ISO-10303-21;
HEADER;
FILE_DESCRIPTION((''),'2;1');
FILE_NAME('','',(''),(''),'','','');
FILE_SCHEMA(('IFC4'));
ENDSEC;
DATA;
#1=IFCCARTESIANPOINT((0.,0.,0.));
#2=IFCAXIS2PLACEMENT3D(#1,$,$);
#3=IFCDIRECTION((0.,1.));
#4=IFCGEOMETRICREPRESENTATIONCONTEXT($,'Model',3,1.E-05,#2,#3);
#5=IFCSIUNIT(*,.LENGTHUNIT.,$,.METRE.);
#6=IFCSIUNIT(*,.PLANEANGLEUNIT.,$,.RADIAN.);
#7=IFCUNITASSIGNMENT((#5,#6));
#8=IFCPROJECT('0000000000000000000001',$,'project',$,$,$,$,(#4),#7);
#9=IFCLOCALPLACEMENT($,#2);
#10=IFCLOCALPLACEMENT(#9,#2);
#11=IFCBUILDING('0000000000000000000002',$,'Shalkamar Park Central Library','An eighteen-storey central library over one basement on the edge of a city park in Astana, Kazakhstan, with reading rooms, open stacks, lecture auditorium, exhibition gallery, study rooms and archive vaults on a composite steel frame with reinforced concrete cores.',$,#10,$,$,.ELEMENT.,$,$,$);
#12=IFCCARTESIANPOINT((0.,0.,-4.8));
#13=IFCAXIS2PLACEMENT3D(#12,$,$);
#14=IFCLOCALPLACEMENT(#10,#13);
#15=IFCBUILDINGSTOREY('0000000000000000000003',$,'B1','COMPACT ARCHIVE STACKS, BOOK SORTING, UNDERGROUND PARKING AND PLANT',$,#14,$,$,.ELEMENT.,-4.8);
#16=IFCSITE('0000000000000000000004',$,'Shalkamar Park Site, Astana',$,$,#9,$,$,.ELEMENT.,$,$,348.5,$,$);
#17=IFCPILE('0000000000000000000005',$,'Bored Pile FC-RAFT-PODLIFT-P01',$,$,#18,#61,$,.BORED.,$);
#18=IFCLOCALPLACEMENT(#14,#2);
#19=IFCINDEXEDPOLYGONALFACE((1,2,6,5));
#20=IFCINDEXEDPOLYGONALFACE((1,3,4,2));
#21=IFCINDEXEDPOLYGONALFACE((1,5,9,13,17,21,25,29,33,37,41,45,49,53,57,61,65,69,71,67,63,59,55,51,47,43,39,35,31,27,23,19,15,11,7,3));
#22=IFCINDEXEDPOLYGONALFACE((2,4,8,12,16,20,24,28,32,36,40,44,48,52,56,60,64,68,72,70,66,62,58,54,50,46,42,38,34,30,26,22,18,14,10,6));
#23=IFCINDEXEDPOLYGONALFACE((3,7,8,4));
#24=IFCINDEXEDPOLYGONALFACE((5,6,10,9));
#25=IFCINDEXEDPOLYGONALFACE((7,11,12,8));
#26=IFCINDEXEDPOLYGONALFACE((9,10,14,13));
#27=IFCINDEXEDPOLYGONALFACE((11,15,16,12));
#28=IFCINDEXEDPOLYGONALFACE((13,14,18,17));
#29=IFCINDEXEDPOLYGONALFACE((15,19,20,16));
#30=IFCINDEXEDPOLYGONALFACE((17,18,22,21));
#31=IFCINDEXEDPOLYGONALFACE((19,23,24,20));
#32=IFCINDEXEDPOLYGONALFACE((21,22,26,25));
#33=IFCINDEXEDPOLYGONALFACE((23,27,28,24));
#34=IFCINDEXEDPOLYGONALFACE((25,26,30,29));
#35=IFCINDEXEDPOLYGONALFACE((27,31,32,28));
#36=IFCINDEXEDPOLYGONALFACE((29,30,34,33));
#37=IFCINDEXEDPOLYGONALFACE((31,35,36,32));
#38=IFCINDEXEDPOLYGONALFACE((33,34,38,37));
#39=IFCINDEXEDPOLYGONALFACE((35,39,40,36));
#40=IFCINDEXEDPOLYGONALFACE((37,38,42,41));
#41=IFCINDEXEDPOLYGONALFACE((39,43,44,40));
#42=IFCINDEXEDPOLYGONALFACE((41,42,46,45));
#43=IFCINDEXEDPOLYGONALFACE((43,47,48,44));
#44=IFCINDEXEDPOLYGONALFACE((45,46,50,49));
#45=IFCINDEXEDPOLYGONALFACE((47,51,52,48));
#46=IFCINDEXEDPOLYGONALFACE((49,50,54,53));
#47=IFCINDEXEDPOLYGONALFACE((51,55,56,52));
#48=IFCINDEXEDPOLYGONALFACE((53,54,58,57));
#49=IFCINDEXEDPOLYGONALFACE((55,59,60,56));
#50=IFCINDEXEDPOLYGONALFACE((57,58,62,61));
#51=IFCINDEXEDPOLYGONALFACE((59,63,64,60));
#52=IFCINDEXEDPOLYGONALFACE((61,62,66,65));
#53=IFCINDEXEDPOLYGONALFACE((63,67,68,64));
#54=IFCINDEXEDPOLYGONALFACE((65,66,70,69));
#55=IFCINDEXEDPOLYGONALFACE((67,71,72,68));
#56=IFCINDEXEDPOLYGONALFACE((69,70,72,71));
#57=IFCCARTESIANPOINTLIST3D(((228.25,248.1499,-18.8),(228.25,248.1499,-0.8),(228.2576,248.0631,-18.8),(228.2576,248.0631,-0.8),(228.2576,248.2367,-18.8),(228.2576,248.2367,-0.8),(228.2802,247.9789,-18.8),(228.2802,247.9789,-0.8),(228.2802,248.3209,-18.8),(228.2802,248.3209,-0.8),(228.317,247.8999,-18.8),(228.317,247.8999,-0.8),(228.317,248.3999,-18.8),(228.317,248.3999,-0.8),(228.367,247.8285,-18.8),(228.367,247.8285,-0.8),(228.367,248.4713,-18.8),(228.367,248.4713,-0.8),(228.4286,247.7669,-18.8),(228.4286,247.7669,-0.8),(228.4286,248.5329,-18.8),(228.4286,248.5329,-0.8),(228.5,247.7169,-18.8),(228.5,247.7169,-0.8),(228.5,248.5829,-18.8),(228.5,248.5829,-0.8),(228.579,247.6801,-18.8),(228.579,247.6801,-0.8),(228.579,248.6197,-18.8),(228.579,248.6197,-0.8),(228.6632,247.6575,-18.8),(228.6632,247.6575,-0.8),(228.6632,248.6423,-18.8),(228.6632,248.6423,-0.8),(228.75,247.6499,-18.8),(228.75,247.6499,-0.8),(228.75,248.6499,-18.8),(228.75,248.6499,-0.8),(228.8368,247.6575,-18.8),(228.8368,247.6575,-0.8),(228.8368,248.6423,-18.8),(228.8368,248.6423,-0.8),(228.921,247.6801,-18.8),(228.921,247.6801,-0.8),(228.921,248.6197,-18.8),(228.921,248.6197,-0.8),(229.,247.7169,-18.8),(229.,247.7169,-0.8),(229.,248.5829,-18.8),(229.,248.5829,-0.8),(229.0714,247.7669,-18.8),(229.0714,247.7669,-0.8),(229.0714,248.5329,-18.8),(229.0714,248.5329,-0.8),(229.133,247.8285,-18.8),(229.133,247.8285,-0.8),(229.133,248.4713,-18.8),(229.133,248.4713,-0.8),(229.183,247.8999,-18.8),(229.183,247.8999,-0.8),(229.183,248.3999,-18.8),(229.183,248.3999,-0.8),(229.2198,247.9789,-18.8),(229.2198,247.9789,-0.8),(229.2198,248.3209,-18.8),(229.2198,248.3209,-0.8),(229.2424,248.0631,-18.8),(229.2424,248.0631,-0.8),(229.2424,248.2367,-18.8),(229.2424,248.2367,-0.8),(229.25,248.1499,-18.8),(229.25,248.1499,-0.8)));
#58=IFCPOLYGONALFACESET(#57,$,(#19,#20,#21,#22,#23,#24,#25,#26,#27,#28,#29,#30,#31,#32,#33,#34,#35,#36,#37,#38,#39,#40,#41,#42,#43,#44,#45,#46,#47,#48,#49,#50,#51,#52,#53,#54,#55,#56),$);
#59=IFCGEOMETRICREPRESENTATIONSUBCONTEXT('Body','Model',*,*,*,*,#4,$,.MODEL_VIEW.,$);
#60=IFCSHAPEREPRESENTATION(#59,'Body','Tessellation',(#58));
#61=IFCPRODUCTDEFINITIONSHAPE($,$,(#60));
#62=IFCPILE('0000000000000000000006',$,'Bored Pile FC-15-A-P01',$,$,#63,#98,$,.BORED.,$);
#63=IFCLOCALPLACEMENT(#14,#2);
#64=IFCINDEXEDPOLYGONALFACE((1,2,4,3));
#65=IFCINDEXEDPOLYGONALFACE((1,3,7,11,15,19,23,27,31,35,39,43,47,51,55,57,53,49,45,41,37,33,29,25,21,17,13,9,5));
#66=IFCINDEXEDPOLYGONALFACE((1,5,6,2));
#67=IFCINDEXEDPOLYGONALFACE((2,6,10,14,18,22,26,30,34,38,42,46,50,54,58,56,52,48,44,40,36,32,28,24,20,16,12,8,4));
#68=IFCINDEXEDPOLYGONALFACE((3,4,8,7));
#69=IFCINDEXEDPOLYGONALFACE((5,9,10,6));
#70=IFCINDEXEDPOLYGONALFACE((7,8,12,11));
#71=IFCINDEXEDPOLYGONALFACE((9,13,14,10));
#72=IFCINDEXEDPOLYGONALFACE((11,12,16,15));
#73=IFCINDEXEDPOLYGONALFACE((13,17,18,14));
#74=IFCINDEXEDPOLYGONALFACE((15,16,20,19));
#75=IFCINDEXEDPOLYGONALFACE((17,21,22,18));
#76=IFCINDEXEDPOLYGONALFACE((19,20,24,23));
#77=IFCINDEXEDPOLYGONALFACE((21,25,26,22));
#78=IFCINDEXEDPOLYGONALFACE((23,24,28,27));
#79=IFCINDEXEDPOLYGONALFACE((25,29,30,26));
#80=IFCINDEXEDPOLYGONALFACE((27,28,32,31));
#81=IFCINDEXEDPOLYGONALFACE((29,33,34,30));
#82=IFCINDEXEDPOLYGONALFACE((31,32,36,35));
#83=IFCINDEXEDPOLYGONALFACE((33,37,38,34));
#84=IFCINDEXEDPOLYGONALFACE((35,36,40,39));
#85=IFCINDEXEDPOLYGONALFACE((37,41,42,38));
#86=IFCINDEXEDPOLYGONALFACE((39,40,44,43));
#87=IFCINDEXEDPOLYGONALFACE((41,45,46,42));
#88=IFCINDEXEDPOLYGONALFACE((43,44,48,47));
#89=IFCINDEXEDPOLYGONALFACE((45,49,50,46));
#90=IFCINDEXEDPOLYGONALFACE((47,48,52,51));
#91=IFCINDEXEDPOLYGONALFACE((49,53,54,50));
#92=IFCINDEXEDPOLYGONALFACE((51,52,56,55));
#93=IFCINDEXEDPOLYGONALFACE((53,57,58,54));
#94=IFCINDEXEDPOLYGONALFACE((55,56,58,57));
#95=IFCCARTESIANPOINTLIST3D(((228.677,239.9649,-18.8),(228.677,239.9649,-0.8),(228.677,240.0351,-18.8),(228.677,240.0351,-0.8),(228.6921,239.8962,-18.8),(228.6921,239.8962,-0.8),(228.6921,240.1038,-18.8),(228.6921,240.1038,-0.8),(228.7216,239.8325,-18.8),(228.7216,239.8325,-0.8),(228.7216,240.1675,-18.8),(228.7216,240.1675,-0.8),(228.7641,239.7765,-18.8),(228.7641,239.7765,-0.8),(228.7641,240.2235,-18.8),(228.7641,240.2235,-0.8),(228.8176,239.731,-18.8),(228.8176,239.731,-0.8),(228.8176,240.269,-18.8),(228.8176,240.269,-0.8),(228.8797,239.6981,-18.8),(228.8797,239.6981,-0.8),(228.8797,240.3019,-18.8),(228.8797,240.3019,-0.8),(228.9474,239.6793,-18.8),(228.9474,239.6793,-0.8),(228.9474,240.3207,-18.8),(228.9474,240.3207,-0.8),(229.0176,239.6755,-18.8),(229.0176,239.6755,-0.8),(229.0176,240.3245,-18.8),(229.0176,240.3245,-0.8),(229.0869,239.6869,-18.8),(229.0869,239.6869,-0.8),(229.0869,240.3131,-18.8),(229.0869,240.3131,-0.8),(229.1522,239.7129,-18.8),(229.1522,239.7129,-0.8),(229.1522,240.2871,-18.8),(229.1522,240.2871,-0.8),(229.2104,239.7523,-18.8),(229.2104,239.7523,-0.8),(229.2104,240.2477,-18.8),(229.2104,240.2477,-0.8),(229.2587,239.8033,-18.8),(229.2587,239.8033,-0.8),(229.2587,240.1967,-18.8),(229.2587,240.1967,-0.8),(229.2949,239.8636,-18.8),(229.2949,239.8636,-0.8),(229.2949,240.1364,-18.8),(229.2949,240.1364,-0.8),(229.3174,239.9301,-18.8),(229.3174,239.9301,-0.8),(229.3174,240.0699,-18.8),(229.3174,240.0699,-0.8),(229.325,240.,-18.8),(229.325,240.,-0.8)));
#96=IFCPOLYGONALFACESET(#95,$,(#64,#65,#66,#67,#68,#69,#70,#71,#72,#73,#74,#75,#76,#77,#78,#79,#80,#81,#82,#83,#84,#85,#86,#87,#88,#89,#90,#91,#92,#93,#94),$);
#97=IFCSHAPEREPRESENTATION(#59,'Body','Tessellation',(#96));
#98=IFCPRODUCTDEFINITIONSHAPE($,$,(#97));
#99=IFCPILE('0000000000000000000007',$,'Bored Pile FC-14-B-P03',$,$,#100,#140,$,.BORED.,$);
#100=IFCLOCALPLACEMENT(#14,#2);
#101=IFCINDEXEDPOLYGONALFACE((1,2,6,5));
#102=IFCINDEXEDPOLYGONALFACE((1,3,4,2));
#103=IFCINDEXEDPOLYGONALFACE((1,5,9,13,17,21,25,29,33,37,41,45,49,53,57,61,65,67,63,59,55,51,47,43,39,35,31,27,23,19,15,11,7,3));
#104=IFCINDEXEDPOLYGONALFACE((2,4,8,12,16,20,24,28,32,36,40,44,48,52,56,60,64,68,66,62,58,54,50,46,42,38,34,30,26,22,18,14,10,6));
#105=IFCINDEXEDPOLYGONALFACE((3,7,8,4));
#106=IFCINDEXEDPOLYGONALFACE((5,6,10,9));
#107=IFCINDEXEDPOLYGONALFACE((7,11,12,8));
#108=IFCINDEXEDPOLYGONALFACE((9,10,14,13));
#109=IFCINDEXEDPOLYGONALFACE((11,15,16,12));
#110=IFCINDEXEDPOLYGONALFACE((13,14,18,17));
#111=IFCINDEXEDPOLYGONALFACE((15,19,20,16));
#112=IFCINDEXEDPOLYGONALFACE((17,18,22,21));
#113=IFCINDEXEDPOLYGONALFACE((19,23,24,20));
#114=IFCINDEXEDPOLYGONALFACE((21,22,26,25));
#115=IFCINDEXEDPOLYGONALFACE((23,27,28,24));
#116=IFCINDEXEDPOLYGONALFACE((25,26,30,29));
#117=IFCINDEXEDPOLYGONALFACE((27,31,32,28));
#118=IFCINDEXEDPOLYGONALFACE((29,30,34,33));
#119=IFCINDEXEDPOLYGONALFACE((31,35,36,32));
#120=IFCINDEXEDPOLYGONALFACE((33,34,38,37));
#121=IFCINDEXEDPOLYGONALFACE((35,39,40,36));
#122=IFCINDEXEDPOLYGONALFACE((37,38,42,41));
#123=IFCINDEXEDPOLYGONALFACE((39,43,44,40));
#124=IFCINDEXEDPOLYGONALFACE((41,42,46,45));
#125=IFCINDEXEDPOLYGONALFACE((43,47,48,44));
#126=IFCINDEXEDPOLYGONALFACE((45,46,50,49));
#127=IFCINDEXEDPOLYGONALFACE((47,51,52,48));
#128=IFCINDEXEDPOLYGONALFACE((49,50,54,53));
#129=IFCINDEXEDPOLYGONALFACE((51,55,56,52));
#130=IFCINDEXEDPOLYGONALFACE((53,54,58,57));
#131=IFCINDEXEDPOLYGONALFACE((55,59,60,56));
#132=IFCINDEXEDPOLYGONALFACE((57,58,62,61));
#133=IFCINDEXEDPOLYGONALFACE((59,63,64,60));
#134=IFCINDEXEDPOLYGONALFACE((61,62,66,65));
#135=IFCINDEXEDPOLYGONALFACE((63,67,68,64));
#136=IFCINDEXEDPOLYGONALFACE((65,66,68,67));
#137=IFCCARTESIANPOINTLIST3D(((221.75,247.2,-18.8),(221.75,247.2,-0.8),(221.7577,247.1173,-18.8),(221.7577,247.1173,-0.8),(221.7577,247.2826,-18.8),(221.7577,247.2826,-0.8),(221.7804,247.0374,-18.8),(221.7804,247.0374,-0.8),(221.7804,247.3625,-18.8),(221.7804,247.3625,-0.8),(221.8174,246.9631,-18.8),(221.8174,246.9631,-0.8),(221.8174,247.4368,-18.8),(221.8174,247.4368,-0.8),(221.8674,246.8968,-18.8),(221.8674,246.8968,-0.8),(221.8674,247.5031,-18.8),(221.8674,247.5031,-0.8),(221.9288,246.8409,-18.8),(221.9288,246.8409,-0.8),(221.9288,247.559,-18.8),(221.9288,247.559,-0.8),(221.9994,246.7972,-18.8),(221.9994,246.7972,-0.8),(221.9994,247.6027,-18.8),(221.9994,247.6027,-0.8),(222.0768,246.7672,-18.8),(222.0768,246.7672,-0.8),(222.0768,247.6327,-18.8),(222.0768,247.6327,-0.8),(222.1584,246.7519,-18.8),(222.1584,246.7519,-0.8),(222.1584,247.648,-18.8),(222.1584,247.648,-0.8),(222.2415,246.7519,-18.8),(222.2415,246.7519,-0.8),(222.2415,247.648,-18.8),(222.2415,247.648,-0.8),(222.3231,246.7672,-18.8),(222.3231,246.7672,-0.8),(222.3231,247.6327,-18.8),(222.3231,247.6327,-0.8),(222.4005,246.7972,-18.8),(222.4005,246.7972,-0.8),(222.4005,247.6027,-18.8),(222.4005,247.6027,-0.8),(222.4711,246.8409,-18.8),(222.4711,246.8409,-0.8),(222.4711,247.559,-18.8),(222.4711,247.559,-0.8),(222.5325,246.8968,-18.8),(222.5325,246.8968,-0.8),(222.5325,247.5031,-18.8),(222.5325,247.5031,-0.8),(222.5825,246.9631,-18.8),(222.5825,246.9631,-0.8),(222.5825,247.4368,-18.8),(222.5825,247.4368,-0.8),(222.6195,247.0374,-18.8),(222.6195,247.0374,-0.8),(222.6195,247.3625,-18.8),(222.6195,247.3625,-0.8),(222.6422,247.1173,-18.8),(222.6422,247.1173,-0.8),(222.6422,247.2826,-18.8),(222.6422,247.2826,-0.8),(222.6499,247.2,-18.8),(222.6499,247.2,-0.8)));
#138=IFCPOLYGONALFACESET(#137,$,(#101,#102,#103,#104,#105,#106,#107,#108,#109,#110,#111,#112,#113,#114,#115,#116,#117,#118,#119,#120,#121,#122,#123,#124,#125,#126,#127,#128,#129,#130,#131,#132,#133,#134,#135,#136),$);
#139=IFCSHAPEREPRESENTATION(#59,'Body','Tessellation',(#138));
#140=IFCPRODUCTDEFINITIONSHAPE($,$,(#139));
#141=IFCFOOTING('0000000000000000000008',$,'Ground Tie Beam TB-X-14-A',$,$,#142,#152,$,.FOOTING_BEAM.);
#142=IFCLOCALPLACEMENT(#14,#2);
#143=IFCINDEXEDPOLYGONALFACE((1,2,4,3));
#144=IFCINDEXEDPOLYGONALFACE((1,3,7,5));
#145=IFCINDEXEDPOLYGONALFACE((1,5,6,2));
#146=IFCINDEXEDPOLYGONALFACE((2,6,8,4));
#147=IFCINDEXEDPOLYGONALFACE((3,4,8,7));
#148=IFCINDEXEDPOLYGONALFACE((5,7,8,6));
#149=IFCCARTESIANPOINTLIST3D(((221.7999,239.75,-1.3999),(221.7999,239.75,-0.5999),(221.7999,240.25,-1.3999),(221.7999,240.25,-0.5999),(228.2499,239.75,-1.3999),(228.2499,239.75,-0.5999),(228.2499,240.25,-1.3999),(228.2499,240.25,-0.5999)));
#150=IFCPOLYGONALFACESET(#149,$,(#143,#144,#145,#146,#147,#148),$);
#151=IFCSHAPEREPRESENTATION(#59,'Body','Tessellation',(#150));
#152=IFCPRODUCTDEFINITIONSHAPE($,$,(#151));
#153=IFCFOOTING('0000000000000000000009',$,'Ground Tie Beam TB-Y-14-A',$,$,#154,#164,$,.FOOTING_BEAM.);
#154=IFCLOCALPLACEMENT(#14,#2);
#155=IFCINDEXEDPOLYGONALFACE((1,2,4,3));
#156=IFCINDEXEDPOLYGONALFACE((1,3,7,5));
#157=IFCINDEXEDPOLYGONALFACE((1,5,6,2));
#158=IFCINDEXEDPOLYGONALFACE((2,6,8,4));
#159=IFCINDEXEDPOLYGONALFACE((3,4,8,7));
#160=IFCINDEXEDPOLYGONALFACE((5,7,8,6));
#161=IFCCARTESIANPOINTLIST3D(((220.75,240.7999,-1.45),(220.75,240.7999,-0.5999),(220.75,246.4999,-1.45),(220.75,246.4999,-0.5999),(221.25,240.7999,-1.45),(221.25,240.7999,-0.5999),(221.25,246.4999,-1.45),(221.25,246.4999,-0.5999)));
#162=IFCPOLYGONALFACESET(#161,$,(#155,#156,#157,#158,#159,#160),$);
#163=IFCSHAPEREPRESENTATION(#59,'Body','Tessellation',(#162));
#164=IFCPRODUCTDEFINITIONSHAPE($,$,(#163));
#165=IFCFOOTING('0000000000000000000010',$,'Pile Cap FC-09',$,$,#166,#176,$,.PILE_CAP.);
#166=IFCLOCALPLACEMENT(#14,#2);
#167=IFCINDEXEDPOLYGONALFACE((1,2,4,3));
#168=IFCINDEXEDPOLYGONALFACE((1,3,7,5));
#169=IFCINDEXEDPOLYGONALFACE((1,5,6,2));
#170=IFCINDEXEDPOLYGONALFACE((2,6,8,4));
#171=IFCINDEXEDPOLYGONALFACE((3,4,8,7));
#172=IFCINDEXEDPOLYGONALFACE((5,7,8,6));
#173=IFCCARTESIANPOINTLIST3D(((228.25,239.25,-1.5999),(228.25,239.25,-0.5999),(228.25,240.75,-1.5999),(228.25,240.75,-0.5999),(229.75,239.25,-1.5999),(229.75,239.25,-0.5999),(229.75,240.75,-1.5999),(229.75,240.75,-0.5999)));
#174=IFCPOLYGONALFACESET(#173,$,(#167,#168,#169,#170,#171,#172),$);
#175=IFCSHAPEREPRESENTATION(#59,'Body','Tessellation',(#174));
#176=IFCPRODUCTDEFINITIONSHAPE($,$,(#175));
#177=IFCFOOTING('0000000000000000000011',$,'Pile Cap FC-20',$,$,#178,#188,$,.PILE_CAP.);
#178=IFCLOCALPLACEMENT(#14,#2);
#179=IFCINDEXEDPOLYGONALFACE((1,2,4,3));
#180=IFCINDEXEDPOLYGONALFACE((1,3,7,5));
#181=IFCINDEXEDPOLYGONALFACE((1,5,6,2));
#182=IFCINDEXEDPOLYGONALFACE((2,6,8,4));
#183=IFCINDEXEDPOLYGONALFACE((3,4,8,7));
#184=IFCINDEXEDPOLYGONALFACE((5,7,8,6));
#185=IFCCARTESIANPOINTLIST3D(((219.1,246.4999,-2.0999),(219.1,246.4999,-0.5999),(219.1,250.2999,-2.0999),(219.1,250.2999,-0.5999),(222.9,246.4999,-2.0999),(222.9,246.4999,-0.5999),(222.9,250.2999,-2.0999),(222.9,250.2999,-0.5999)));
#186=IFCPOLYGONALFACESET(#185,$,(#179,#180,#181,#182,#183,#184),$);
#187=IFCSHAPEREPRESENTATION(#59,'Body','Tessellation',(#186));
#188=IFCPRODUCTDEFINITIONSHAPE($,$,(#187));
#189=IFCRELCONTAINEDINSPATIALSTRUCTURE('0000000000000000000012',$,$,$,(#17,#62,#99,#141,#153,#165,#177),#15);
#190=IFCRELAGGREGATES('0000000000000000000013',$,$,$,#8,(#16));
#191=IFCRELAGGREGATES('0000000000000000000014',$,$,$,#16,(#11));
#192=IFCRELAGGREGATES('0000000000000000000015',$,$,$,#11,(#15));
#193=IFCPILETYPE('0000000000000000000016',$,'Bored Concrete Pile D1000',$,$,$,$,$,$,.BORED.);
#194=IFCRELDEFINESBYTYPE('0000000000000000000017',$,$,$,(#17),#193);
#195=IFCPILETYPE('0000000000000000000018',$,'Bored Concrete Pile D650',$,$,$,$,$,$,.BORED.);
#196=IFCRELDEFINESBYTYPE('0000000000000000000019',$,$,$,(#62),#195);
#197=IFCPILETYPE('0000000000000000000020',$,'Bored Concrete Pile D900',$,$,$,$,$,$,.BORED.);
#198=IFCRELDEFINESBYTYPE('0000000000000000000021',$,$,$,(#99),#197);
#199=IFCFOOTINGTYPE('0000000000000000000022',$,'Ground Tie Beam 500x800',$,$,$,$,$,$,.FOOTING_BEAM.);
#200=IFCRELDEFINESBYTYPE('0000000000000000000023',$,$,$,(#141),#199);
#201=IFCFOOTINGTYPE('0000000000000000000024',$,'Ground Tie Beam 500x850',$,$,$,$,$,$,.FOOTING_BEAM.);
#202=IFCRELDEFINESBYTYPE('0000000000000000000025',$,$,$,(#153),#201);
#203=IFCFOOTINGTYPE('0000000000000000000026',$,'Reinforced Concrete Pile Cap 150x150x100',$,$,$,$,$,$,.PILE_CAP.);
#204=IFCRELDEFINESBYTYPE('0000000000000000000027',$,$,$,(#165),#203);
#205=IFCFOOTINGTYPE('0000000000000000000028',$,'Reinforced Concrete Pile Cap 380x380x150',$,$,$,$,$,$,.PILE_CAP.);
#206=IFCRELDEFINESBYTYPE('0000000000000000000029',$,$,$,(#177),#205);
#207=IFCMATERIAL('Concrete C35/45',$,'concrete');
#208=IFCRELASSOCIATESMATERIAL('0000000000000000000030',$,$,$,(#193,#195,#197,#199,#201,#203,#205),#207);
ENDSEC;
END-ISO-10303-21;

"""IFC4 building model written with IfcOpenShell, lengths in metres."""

from ifc_helpers import new_model, si_unit, direction, frame, origin, origin_2d, place, context, subcontext, project, spatial, rectangle, circle, extrude, material, material_profile, profile_set, type_object, element, save


model = new_model("IFC4")

# Units and contexts
model_context = context("Model", 3, precision=1e-05, world=origin(), true_north=direction((0.0, 1.0)))
body_context = subcontext(model_context, "Body", "Model", "MODEL_VIEW")
ifc_project = project(units=[si_unit("LENGTHUNIT", "METRE"), si_unit("PLANEANGLEUNIT", "RADIAN")], contexts=[model_context])

# Site, building, storey
site_placement = place(None, origin())
site = spatial("IfcSite", under=ifc_project, at=site_placement, Name="Shalkamar Park Site, Astana", CompositionType="ELEMENT", RefElevation=348.5)
building_placement = place(site_placement, origin())
building = spatial("IfcBuilding", under=site, at=building_placement, Name="Shalkamar Park Central Library", Description="An eighteen-storey central library over one basement on the edge of a city park in Astana, Kazakhstan, with reading rooms, open stacks, lecture auditorium, exhibition gallery, study rooms and archive vaults on a composite steel frame with reinforced concrete cores.", CompositionType="ELEMENT")
storey_placement = place(building_placement, frame((0.0, 0.0, -4.8)))
storey = spatial("IfcBuildingStorey", under=building, at=storey_placement, Name="B1", Description="COMPACT ARCHIVE STACKS, BOOK SORTING, UNDERGROUND PARKING AND PLANT", CompositionType="ELEMENT", Elevation=-4.8)

# Piles
ifc_material_1 = material(Name="Concrete C35/45", Category="concrete")
ifc_material_profile_1 = material_profile(ifc_material_1, circle(Radius=0.5, at=origin_2d()), Name="PILE D1000")
ifc_profile_set_1 = profile_set([ifc_material_profile_1], Name="Concrete C35/45")
pile_type_1 = type_object("IfcPileType", Name="Bored Concrete Pile D1000", PredefinedType="BORED", material=ifc_profile_set_1)
pile_1_placement = place(storey_placement, frame((228.75, 248.1499, -0.8), z_axis=(0.0, 0.0, -1.0), x_axis=(1.0, 0.0, 0.0)))
element("IfcPile", 1, at=pile_1_placement, inside=storey, type_object=pile_type_1, Name="Bored Pile FC-RAFT-PODLIFT-P01", PredefinedType="BORED", context=body_context, shape_type="SweptSolid", body=[
    extrude(circle(Radius=0.5, at=origin_2d()), origin(), (0.0, 0.0, 1.0), 18.0),
])
ifc_material_profile_2 = material_profile(ifc_material_1, circle(Radius=0.325, at=origin_2d()), Name="PILE D650")
ifc_profile_set_2 = profile_set([ifc_material_profile_2], Name="Concrete C35/45")
pile_type_2 = type_object("IfcPileType", Name="Bored Concrete Pile D650", PredefinedType="BORED", material=ifc_profile_set_2)
pile_2_placement = place(storey_placement, frame((229.0, 240.0, -0.8), z_axis=(0.0, 0.0, -1.0), x_axis=(1.0, 0.0, 0.0)))
element("IfcPile", 2, at=pile_2_placement, inside=storey, type_object=pile_type_2, Name="Bored Pile FC-15-A-P01", PredefinedType="BORED", context=body_context, shape_type="SweptSolid", body=[
    extrude(circle(Radius=0.325, at=origin_2d()), origin(), (0.0, 0.0, 1.0), 18.0),
])
ifc_material_profile_3 = material_profile(ifc_material_1, circle(Radius=0.45, at=origin_2d()), Name="PILE D900")
ifc_profile_set_3 = profile_set([ifc_material_profile_3], Name="Concrete C35/45")
pile_type_3 = type_object("IfcPileType", Name="Bored Concrete Pile D900", PredefinedType="BORED", material=ifc_profile_set_3)
pile_3_placement = place(storey_placement, frame((222.2, 247.2, -0.8), z_axis=(0.0, 0.0, -1.0), x_axis=(1.0, 0.0, 0.0)))
element("IfcPile", 3, at=pile_3_placement, inside=storey, type_object=pile_type_3, Name="Bored Pile FC-14-B-P03", PredefinedType="BORED", context=body_context, shape_type="SweptSolid", body=[
    extrude(circle(Radius=0.45, at=origin_2d()), origin(), (0.0, 0.0, 1.0), 18.0),
])

# Footings
footing_type_1 = type_object("IfcFootingType", Name="Ground Tie Beam 500x800", PredefinedType="FOOTING_BEAM", material=ifc_material_1)
footing_1_placement = place(storey_placement, frame((225.0249, 240.0, -1.3999), z_axis=(0.0, 0.0, 1.0), x_axis=(1.0, 0.0, 0.0)))
element("IfcFooting", 4, at=footing_1_placement, inside=storey, type_object=footing_type_1, Name="Ground Tie Beam TB-X-14-A", PredefinedType="FOOTING_BEAM", context=body_context, shape_type="SweptSolid", body=[
    extrude(rectangle(XDim=6.45, YDim=0.5, at=origin_2d()), origin(), (0.0, 0.0, 1.0), 0.8),
])
footing_type_2 = type_object("IfcFootingType", Name="Ground Tie Beam 500x850", PredefinedType="FOOTING_BEAM", material=ifc_material_1)
footing_2_placement = place(storey_placement, frame((221.0, 243.6499, -1.45), z_axis=(0.0, 0.0, 1.0), x_axis=(0.0, 1.0, 0.0)))
element("IfcFooting", 5, at=footing_2_placement, inside=storey, type_object=footing_type_2, Name="Ground Tie Beam TB-Y-14-A", PredefinedType="FOOTING_BEAM", context=body_context, shape_type="SweptSolid", body=[
    extrude(rectangle(XDim=5.7, YDim=0.5, at=origin_2d()), origin(), (0.0, 0.0, 1.0), 0.8501),
])
footing_type_3 = type_object("IfcFootingType", Name="Reinforced Concrete Pile Cap 150x150x100", PredefinedType="PILE_CAP", material=ifc_material_1)
footing_3_placement = place(storey_placement, frame((229.0, 240.0, -1.5999), z_axis=(0.0, 0.0, 1.0), x_axis=(1.0, 0.0, 0.0)))
element("IfcFooting", 6, at=footing_3_placement, inside=storey, type_object=footing_type_3, Name="Pile Cap FC-09", PredefinedType="PILE_CAP", context=body_context, shape_type="SweptSolid", body=[
    extrude(rectangle(XDim=1.5, YDim=1.5, at=origin_2d()), origin(), (0.0, 0.0, 1.0), 1.0),
])
footing_type_4 = type_object("IfcFootingType", Name="Reinforced Concrete Pile Cap 380x380x150", PredefinedType="PILE_CAP", material=ifc_material_1)
footing_4_placement = place(storey_placement, frame((221.0, 248.3999, -2.0999), z_axis=(0.0, 0.0, 1.0), x_axis=(1.0, 0.0, 0.0)))
element("IfcFooting", 7, at=footing_4_placement, inside=storey, type_object=footing_type_4, Name="Pile Cap FC-20", PredefinedType="PILE_CAP", context=body_context, shape_type="SweptSolid", body=[
    extrude(rectangle(XDim=3.8, YDim=3.8, at=origin_2d()), origin(), (0.0, 0.0, 1.0), 1.5),
])

save(model, "model.ifc")
